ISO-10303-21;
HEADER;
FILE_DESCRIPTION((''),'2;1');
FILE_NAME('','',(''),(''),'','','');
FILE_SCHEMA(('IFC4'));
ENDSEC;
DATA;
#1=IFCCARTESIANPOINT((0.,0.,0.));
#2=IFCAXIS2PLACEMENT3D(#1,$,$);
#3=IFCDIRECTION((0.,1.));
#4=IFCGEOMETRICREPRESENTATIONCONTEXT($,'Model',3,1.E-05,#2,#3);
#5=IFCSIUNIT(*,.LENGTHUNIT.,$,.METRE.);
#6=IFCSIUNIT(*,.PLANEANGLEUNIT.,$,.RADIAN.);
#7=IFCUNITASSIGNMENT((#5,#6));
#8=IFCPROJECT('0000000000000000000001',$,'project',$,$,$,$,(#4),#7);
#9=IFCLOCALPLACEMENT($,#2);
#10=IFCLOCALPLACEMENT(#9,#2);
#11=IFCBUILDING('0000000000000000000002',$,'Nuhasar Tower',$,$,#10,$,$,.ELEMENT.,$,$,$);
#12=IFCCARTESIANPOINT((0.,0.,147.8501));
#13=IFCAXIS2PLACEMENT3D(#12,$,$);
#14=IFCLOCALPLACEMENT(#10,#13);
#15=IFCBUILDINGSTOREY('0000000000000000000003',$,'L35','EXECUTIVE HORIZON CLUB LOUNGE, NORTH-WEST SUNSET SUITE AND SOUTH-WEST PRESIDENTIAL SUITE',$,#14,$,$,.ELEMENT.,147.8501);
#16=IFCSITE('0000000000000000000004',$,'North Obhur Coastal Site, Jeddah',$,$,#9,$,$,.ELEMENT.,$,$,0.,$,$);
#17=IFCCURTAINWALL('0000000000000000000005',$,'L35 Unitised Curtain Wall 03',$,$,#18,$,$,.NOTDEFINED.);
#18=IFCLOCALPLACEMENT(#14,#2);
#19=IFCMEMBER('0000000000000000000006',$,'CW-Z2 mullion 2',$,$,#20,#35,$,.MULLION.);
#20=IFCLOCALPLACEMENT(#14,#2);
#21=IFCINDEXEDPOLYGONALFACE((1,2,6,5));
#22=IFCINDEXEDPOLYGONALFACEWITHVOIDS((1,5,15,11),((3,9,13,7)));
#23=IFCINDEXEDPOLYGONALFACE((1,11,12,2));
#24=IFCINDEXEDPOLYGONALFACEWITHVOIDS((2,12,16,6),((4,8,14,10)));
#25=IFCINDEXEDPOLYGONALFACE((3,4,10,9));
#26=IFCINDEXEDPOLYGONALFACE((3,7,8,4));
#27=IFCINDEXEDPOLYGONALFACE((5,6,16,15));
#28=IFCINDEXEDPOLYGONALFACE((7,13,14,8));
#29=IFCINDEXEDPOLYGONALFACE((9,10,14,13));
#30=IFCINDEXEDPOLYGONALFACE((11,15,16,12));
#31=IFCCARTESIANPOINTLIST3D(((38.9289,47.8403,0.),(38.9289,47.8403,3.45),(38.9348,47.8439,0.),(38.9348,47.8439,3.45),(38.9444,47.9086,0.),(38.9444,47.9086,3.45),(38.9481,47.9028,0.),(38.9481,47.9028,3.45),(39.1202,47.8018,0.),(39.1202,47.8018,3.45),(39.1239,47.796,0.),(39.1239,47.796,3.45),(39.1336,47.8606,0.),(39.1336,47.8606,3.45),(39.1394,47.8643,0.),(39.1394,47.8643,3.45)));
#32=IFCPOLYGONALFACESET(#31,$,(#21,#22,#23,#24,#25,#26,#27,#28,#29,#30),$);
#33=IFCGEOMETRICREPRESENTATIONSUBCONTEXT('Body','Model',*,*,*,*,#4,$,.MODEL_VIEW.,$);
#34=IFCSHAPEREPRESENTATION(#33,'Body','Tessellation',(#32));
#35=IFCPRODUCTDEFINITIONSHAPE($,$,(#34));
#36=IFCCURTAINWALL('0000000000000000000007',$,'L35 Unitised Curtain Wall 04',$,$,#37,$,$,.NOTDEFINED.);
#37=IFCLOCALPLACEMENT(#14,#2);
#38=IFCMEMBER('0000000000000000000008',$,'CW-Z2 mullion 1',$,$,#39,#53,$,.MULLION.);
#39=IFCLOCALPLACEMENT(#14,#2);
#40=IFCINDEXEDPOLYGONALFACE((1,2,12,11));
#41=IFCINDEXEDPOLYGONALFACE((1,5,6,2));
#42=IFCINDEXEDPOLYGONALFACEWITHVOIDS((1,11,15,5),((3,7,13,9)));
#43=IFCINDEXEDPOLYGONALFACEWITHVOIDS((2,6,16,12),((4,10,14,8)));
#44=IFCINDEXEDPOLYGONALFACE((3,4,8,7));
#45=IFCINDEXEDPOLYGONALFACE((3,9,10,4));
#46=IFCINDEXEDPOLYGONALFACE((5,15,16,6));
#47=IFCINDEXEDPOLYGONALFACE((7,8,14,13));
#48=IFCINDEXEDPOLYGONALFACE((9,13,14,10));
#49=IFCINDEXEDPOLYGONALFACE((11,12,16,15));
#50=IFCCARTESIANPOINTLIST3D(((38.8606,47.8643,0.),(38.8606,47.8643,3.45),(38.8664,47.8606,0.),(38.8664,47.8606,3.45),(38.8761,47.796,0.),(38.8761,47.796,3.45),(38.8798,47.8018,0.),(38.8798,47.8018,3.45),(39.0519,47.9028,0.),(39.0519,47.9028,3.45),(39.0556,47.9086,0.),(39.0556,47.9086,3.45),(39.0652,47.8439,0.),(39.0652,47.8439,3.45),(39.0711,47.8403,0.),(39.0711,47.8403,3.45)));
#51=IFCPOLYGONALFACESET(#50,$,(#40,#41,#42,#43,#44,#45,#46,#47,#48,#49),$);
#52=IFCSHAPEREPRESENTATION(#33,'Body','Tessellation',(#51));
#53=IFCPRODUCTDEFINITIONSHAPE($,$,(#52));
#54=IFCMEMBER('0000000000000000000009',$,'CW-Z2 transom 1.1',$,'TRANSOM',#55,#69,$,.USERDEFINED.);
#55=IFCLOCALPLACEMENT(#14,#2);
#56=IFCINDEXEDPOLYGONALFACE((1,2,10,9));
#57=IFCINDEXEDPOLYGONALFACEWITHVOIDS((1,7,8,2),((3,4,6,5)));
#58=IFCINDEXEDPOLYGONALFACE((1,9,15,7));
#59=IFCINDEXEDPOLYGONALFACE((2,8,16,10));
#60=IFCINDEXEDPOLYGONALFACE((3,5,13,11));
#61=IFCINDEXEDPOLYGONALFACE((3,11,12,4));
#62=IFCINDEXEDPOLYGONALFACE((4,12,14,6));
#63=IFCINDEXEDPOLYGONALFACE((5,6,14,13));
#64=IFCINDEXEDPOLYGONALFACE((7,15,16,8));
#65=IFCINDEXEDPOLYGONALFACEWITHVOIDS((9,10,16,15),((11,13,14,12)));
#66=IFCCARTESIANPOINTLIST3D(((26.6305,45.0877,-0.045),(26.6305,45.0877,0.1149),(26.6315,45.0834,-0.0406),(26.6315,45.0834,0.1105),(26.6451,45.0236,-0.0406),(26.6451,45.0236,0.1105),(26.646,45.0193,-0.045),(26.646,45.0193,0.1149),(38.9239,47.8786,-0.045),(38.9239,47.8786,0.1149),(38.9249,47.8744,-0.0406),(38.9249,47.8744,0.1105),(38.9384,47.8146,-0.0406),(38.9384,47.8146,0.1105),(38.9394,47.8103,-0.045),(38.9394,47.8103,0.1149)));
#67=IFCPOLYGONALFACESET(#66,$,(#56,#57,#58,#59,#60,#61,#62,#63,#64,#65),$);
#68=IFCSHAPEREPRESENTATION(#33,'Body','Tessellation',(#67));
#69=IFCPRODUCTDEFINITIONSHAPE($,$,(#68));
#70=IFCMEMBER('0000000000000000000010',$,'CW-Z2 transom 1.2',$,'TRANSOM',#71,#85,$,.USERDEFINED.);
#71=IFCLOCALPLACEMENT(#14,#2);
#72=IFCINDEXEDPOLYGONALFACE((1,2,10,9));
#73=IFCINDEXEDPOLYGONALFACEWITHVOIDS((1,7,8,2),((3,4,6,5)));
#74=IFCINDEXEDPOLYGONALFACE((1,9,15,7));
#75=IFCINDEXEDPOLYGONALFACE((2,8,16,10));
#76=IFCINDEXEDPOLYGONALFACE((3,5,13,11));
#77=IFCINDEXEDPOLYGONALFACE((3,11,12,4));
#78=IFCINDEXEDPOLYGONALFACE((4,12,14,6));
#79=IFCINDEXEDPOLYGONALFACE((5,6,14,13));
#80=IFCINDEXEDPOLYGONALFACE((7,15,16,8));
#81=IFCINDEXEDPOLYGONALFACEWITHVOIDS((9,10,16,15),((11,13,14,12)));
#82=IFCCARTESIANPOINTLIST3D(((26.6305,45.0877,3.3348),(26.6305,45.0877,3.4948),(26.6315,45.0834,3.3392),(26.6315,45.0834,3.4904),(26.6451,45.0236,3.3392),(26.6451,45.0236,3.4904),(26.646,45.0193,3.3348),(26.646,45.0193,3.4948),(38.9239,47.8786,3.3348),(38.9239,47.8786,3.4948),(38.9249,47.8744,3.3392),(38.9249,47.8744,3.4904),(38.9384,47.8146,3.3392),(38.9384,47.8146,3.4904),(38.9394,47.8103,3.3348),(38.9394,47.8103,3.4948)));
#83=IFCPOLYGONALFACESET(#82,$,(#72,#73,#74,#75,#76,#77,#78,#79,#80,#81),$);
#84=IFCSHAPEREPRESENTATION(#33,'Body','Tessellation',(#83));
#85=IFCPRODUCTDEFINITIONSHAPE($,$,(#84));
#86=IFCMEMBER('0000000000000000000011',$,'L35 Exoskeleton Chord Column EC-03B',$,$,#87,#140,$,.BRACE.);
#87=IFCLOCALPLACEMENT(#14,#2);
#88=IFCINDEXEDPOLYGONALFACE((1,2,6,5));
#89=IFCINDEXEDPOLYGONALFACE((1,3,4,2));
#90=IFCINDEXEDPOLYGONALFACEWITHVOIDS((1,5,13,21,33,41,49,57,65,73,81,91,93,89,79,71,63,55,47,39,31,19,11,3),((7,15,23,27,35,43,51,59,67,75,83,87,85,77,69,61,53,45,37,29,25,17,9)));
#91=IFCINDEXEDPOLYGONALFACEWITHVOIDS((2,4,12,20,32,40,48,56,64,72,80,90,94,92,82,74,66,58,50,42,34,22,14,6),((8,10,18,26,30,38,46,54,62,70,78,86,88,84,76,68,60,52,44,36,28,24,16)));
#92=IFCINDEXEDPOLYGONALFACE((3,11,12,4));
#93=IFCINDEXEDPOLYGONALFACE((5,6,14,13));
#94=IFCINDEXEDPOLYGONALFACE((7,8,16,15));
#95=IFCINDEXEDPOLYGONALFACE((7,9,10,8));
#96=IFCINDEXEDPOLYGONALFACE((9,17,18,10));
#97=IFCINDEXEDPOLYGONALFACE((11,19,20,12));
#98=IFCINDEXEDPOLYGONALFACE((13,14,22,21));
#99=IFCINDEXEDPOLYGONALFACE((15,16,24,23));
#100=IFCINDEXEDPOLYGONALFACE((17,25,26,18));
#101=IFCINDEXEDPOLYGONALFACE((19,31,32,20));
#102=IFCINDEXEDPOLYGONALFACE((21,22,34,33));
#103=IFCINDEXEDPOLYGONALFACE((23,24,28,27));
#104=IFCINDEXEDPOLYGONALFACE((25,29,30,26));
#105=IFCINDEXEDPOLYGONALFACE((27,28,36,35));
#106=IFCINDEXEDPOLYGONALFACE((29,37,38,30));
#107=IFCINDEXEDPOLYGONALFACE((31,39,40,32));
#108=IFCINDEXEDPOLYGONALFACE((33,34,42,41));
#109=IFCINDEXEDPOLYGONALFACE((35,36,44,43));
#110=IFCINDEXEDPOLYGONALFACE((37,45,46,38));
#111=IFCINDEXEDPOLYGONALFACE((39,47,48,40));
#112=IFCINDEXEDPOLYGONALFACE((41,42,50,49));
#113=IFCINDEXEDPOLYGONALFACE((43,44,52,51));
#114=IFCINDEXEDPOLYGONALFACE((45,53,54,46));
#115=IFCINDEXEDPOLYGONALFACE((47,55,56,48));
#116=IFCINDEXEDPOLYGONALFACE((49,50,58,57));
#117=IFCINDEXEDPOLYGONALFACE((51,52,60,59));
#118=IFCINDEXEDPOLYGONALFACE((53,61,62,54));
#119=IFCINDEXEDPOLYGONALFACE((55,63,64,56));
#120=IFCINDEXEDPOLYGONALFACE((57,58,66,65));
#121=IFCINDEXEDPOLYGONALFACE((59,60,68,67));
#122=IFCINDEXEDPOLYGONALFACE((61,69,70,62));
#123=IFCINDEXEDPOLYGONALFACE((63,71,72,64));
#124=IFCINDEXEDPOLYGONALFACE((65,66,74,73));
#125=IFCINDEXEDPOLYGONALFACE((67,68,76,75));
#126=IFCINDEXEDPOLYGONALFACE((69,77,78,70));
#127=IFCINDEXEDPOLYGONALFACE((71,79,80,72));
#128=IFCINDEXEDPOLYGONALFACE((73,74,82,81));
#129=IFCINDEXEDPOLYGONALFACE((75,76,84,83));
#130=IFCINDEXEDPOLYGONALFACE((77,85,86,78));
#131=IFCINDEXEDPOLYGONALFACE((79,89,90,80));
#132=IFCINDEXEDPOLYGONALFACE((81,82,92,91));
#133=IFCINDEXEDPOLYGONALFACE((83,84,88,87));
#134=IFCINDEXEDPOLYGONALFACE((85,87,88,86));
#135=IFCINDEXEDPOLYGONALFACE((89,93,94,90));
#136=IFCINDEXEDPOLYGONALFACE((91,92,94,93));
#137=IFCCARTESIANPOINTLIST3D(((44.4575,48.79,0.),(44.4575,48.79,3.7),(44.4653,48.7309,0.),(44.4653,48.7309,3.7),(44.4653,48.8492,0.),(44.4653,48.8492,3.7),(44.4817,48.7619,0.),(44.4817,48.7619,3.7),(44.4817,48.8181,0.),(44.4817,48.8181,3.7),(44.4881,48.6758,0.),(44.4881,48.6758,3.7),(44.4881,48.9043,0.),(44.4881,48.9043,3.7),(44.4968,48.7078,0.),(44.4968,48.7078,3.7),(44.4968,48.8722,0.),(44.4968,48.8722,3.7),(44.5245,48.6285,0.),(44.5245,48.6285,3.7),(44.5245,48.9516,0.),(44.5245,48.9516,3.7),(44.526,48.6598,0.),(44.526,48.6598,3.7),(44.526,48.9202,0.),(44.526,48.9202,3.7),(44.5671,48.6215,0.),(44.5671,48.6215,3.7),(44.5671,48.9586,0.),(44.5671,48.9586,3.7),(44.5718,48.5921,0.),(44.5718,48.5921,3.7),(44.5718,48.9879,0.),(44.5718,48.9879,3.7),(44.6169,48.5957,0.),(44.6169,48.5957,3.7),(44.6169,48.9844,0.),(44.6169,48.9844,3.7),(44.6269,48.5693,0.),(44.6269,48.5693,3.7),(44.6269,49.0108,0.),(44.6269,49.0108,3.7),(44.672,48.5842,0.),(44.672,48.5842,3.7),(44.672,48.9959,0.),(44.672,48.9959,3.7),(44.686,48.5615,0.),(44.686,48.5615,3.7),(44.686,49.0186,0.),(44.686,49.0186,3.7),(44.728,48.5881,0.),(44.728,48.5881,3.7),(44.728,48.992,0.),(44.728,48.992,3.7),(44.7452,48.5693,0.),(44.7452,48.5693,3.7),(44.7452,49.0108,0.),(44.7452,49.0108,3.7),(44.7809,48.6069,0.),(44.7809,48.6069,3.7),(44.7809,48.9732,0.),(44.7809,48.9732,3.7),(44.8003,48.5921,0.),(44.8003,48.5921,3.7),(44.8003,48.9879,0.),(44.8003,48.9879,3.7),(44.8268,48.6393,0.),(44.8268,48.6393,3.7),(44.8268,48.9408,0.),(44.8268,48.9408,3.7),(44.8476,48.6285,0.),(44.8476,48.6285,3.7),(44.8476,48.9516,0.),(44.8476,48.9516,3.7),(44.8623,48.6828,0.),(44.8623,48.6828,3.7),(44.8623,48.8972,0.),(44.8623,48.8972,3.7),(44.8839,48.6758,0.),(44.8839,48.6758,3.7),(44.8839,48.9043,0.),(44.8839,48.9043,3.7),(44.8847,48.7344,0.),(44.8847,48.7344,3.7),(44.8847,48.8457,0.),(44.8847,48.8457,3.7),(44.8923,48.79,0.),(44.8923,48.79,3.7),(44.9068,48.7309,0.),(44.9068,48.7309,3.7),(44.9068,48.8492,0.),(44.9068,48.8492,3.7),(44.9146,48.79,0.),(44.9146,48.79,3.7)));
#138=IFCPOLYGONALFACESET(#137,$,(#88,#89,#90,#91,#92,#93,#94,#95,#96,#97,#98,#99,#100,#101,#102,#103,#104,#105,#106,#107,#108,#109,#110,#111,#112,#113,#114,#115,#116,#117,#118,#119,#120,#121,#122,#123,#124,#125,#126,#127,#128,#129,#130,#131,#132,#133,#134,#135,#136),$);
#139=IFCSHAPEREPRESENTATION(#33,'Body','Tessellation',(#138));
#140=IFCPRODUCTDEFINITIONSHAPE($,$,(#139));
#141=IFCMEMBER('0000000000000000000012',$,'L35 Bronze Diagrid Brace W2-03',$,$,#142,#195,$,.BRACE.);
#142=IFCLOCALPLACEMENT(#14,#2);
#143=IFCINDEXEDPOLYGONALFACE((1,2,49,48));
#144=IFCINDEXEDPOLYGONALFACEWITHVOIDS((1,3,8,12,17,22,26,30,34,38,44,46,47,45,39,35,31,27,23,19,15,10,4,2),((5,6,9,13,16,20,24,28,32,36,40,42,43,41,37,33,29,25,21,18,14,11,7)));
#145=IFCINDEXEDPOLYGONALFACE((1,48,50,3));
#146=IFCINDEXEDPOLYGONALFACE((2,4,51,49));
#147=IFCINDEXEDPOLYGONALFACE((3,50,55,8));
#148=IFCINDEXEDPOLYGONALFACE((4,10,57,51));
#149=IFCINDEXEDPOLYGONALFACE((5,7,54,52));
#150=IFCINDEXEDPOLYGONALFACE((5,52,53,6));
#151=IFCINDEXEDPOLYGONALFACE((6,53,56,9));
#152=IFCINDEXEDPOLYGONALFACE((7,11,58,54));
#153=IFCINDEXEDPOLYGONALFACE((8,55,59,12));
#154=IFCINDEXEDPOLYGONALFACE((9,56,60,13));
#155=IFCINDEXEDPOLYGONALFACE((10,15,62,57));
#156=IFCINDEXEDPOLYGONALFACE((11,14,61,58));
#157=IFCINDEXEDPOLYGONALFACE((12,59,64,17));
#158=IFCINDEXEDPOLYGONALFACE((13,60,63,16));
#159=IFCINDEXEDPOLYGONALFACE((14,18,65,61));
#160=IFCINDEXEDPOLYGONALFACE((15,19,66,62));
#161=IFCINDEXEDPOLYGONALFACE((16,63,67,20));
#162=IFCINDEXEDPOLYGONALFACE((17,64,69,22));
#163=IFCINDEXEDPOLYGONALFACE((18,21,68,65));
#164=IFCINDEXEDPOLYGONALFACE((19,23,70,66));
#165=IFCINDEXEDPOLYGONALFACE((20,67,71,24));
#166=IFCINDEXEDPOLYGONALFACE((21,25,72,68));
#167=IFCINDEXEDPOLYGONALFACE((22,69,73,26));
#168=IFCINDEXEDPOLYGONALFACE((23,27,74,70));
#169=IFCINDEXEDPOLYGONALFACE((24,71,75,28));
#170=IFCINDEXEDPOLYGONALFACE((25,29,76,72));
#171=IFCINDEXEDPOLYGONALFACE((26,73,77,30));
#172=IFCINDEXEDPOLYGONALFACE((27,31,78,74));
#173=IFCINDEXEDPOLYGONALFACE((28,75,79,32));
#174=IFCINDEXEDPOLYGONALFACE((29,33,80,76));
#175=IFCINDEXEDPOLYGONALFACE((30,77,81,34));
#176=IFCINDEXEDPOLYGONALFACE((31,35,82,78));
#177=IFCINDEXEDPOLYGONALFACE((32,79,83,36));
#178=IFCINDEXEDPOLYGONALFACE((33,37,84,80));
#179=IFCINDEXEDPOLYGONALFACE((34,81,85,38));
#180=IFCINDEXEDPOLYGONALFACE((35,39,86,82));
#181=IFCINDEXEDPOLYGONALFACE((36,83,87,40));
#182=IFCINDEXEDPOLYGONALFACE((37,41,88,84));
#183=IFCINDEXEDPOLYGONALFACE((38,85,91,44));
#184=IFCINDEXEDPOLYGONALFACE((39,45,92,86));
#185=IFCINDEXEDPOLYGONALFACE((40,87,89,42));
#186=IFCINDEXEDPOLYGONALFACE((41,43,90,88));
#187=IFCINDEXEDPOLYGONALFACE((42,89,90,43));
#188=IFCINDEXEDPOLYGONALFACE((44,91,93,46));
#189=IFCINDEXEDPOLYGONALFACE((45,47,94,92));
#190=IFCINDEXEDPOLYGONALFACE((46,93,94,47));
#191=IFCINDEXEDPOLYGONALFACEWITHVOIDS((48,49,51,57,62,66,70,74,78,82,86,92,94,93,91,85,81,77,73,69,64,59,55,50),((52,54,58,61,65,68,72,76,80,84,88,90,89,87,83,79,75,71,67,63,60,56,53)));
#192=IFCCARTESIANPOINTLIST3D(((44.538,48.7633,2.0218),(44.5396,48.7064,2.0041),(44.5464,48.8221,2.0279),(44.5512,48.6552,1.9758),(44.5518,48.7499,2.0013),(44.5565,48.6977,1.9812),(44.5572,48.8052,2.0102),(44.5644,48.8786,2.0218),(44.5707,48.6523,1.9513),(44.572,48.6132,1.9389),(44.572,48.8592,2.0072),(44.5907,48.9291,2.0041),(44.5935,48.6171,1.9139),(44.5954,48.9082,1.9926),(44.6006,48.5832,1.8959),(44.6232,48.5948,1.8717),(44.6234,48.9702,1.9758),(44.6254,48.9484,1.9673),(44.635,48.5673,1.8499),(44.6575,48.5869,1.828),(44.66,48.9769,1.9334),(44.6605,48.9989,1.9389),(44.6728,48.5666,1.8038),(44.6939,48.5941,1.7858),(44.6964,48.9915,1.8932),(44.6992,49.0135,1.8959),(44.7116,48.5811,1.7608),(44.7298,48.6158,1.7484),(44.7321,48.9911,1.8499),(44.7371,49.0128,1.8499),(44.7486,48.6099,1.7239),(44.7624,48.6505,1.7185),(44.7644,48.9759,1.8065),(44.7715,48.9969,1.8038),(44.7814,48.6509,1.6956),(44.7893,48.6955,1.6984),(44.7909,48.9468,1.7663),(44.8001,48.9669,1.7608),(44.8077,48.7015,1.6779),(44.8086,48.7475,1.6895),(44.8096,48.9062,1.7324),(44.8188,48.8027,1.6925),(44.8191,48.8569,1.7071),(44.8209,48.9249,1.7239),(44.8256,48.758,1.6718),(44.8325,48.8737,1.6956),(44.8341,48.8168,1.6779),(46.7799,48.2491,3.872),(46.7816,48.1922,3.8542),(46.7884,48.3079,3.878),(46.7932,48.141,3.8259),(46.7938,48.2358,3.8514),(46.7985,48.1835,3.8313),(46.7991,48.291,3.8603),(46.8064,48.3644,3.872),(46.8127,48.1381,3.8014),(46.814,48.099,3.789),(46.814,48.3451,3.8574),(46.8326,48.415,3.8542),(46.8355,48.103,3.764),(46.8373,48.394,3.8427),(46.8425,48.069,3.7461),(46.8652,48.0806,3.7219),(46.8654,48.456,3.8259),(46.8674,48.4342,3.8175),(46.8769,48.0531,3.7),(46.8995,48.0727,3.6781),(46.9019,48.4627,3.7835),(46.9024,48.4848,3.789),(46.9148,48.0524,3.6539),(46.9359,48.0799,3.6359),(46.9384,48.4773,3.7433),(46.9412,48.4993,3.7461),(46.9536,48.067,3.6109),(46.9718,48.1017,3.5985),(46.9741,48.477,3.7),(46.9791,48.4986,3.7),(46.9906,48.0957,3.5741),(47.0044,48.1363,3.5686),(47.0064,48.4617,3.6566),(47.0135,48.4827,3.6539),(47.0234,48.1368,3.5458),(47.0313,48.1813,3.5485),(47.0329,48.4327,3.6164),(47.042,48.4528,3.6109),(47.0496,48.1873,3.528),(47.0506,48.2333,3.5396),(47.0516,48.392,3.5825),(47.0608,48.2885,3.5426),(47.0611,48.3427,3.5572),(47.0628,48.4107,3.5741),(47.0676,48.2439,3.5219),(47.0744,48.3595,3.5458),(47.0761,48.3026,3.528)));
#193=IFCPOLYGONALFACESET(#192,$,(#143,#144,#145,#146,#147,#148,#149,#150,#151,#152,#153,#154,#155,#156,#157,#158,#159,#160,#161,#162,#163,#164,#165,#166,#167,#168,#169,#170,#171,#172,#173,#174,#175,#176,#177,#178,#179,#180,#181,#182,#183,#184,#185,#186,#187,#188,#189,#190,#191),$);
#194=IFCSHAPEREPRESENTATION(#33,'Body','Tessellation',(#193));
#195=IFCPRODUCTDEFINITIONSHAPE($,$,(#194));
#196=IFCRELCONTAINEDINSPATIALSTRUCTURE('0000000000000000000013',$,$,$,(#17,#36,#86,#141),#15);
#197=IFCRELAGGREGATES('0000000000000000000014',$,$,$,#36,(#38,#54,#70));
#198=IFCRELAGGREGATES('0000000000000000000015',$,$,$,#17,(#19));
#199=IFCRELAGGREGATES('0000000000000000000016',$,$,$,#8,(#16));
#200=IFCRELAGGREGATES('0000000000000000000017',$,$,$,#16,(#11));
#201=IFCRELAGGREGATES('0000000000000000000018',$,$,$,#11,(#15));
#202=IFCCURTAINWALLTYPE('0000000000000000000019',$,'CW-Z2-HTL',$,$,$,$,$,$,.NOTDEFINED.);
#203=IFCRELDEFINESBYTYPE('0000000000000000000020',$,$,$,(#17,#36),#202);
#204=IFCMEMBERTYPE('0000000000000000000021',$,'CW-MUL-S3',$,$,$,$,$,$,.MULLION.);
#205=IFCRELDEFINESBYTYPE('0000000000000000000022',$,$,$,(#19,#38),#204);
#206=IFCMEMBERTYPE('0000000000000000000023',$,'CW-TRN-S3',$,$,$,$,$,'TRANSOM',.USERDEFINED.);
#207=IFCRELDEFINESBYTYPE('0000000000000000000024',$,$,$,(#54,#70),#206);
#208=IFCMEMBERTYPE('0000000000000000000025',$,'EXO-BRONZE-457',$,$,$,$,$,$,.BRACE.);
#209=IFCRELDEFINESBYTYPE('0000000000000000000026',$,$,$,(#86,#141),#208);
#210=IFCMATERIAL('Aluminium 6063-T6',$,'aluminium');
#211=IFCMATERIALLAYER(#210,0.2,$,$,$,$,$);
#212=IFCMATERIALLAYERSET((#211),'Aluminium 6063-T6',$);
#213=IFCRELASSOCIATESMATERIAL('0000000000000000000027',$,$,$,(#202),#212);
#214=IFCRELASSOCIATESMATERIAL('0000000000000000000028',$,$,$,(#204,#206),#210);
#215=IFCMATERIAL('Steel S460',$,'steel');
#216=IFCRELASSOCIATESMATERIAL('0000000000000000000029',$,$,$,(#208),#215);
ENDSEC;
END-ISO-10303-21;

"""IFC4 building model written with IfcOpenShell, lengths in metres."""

from ifc_helpers import new_model, si_unit, direction, frame, origin, origin_2d, place, context, subcontext, project, spatial, hollow_rectangle, hollow_circle, extrude, material, layer, layer_set, material_profile, profile_set, type_object, element, aggregate, save


model = new_model("IFC4")

# Units and contexts
model_context = context("Model", 3, precision=1e-05, world=origin(), true_north=direction((0.0, 1.0)))
body_context = subcontext(model_context, "Body", "Model", "MODEL_VIEW")
ifc_project = project(units=[si_unit("LENGTHUNIT", "METRE"), si_unit("PLANEANGLEUNIT", "RADIAN")], contexts=[model_context])

# Site, building, storey
site_placement = place(None, origin())
site = spatial("IfcSite", under=ifc_project, at=site_placement, Name="North Obhur Coastal Site, Jeddah", CompositionType="ELEMENT", RefElevation=0.0)
building_placement = place(site_placement, origin())
building = spatial("IfcBuilding", under=site, at=building_placement, Name="Nuhasar Tower", CompositionType="ELEMENT")
storey_placement = place(building_placement, frame((0.0, 0.0, 147.8501)))
storey = spatial("IfcBuildingStorey", under=building, at=storey_placement, Name="L35", Description="EXECUTIVE HORIZON CLUB LOUNGE, NORTH-WEST SUNSET SUITE AND SOUTH-WEST PRESIDENTIAL SUITE", CompositionType="ELEMENT", Elevation=147.8501)

# Curtain wall, member
ifc_material_1 = material(Name="Aluminium 6063-T6", Category="aluminium")
ifc_layer_1 = layer(ifc_material_1, 0.2)
ifc_layer_set_1 = layer_set([ifc_layer_1], Name="Aluminium 6063-T6")
curtain_wall_type = type_object("IfcCurtainWallType", Name="CW-Z2-HTL", PredefinedType="NOTDEFINED", material=ifc_layer_set_1)
curtain_wall_1_placement = place(storey_placement, origin())
curtain_wall_1 = element("IfcCurtainWall", 1, at=curtain_wall_1_placement, inside=storey, type_object=curtain_wall_type, Name="L35 Unitised Curtain Wall 03", PredefinedType="NOTDEFINED")
ifc_material_profile_1 = material_profile(ifc_material_1, hollow_rectangle(XDim=0.0701, YDim=0.2, WallThickness=0.0049, at=origin_2d()), Name="CWM-3")
ifc_profile_set_1 = profile_set([ifc_material_profile_1], Name="Aluminium 6063-T6")
member_type_1 = type_object("IfcMemberType", Name="CW-MUL-S3", PredefinedType="MULLION", material=ifc_profile_set_1)
member_1_placement = place(storey_placement, frame((39.0342, 47.8523, 0.0), z_axis=(0.0, 0.0, 1.0), x_axis=(-0.221397, -0.975184, 0.0)))
member_1 = element("IfcMember", 2, at=member_1_placement, type_object=member_type_1, Name="CW-Z2 mullion 2", PredefinedType="MULLION", context=body_context, shape_type="SweptSolid", body=[
    extrude(hollow_rectangle(XDim=0.0701, YDim=0.2, WallThickness=0.0049, at=origin_2d()), origin(), (0.0, 0.0, 1.0), 3.45),
])

# Curtain wall, members
curtain_wall_2_placement = place(storey_placement, origin())
curtain_wall_2 = element("IfcCurtainWall", 3, at=curtain_wall_2_placement, inside=storey, type_object=curtain_wall_type, Name="L35 Unitised Curtain Wall 04", PredefinedType="NOTDEFINED")
member_2_placement = place(storey_placement, frame((38.9658, 47.8523, 0.0), z_axis=(0.0, 0.0, 1.0), x_axis=(0.221397, -0.975184, 0.0)))
member_2 = element("IfcMember", 4, at=member_2_placement, type_object=member_type_1, Name="CW-Z2 mullion 1", PredefinedType="MULLION", context=body_context, shape_type="SweptSolid", body=[
    extrude(hollow_rectangle(XDim=0.0701, YDim=0.2, WallThickness=0.0049, at=origin_2d()), origin(), (0.0, 0.0, 1.0), 3.45),
])
ifc_material_profile_2 = material_profile(ifc_material_1, hollow_rectangle(XDim=0.0701, YDim=0.1599, WallThickness=0.0044, at=origin_2d()), Name="CWT-3")
ifc_profile_set_2 = profile_set([ifc_material_profile_2], Name="Aluminium 6063-T6")
member_type_2 = type_object("IfcMemberType", Name="CW-TRN-S3", ElementType="TRANSOM", PredefinedType="USERDEFINED", material=ifc_profile_set_2)
member_3_placement = place(storey_placement, frame((38.9316, 47.8445, 0.0349), z_axis=(-0.975183, -0.221398, 0.0), x_axis=(0.221398, -0.975183, 0.0)))
member_3 = element("IfcMember", 5, at=member_3_placement, type_object=member_type_2, Name="CW-Z2 transom 1.1", ObjectType="TRANSOM", PredefinedType="USERDEFINED", context=body_context, shape_type="SweptSolid", body=[
    extrude(hollow_rectangle(XDim=0.0701, YDim=0.1599, WallThickness=0.0044, at=origin_2d()), origin(), (0.0, 0.0, 1.0), 12.6062),
])
member_4_placement = place(storey_placement, frame((38.9316, 47.8445, 3.4148), z_axis=(-0.975183, -0.221398, 0.0), x_axis=(0.221398, -0.975183, 0.0)))
member_4 = element("IfcMember", 6, at=member_4_placement, type_object=member_type_2, Name="CW-Z2 transom 1.2", ObjectType="TRANSOM", PredefinedType="USERDEFINED", context=body_context, shape_type="SweptSolid", body=[
    extrude(hollow_rectangle(XDim=0.0701, YDim=0.1599, WallThickness=0.0044, at=origin_2d()), origin(), (0.0, 0.0, 1.0), 12.6062),
])
aggregate(curtain_wall_2, [member_2, member_3, member_4])

# Members
ifc_material_2 = material(Name="Steel S460", Category="steel")
ifc_material_profile_3 = material_profile(ifc_material_2, hollow_circle(Radius=0.2285, WallThickness=0.0222, at=origin_2d()), Name="HSS457X22.2")
ifc_profile_set_3 = profile_set([ifc_material_profile_3], Name="Steel S460")
member_type_3 = type_object("IfcMemberType", Name="EXO-BRONZE-457", PredefinedType="BRACE", material=ifc_profile_set_3)
member_5_placement = place(storey_placement, frame((44.686, 48.79, 0.0), z_axis=(0.0, 0.0, 1.0), x_axis=(1.0, 0.0, 0.0)))
element("IfcMember", 7, at=member_5_placement, inside=storey, type_object=member_type_3, Name="L35 Exoskeleton Chord Column EC-03B", PredefinedType="BRACE", context=body_context, shape_type="SweptSolid", body=[
    extrude(hollow_circle(Radius=0.2285, WallThickness=0.0222, at=origin_2d()), origin(), (0.0, 0.0, 1.0), 3.7),
])
member_6_placement = place(storey_placement, frame((44.686, 48.79, 1.8499), z_axis=(0.7595, -0.174181, 0.626755), x_axis=(0.223534, 0.974696, 0.0)))
element("IfcMember", 8, at=member_6_placement, inside=storey, type_object=member_type_3, Name="L35 Bronze Diagrid Brace W2-03", PredefinedType="BRACE", context=body_context, shape_type="SweptSolid", body=[
    extrude(hollow_circle(Radius=0.2285, WallThickness=0.0222, at=origin_2d()), origin(), (0.0, 0.0, 1.0), 2.9519),
])

aggregate(curtain_wall_1, [member_1])

save(model, "model.ifc")
